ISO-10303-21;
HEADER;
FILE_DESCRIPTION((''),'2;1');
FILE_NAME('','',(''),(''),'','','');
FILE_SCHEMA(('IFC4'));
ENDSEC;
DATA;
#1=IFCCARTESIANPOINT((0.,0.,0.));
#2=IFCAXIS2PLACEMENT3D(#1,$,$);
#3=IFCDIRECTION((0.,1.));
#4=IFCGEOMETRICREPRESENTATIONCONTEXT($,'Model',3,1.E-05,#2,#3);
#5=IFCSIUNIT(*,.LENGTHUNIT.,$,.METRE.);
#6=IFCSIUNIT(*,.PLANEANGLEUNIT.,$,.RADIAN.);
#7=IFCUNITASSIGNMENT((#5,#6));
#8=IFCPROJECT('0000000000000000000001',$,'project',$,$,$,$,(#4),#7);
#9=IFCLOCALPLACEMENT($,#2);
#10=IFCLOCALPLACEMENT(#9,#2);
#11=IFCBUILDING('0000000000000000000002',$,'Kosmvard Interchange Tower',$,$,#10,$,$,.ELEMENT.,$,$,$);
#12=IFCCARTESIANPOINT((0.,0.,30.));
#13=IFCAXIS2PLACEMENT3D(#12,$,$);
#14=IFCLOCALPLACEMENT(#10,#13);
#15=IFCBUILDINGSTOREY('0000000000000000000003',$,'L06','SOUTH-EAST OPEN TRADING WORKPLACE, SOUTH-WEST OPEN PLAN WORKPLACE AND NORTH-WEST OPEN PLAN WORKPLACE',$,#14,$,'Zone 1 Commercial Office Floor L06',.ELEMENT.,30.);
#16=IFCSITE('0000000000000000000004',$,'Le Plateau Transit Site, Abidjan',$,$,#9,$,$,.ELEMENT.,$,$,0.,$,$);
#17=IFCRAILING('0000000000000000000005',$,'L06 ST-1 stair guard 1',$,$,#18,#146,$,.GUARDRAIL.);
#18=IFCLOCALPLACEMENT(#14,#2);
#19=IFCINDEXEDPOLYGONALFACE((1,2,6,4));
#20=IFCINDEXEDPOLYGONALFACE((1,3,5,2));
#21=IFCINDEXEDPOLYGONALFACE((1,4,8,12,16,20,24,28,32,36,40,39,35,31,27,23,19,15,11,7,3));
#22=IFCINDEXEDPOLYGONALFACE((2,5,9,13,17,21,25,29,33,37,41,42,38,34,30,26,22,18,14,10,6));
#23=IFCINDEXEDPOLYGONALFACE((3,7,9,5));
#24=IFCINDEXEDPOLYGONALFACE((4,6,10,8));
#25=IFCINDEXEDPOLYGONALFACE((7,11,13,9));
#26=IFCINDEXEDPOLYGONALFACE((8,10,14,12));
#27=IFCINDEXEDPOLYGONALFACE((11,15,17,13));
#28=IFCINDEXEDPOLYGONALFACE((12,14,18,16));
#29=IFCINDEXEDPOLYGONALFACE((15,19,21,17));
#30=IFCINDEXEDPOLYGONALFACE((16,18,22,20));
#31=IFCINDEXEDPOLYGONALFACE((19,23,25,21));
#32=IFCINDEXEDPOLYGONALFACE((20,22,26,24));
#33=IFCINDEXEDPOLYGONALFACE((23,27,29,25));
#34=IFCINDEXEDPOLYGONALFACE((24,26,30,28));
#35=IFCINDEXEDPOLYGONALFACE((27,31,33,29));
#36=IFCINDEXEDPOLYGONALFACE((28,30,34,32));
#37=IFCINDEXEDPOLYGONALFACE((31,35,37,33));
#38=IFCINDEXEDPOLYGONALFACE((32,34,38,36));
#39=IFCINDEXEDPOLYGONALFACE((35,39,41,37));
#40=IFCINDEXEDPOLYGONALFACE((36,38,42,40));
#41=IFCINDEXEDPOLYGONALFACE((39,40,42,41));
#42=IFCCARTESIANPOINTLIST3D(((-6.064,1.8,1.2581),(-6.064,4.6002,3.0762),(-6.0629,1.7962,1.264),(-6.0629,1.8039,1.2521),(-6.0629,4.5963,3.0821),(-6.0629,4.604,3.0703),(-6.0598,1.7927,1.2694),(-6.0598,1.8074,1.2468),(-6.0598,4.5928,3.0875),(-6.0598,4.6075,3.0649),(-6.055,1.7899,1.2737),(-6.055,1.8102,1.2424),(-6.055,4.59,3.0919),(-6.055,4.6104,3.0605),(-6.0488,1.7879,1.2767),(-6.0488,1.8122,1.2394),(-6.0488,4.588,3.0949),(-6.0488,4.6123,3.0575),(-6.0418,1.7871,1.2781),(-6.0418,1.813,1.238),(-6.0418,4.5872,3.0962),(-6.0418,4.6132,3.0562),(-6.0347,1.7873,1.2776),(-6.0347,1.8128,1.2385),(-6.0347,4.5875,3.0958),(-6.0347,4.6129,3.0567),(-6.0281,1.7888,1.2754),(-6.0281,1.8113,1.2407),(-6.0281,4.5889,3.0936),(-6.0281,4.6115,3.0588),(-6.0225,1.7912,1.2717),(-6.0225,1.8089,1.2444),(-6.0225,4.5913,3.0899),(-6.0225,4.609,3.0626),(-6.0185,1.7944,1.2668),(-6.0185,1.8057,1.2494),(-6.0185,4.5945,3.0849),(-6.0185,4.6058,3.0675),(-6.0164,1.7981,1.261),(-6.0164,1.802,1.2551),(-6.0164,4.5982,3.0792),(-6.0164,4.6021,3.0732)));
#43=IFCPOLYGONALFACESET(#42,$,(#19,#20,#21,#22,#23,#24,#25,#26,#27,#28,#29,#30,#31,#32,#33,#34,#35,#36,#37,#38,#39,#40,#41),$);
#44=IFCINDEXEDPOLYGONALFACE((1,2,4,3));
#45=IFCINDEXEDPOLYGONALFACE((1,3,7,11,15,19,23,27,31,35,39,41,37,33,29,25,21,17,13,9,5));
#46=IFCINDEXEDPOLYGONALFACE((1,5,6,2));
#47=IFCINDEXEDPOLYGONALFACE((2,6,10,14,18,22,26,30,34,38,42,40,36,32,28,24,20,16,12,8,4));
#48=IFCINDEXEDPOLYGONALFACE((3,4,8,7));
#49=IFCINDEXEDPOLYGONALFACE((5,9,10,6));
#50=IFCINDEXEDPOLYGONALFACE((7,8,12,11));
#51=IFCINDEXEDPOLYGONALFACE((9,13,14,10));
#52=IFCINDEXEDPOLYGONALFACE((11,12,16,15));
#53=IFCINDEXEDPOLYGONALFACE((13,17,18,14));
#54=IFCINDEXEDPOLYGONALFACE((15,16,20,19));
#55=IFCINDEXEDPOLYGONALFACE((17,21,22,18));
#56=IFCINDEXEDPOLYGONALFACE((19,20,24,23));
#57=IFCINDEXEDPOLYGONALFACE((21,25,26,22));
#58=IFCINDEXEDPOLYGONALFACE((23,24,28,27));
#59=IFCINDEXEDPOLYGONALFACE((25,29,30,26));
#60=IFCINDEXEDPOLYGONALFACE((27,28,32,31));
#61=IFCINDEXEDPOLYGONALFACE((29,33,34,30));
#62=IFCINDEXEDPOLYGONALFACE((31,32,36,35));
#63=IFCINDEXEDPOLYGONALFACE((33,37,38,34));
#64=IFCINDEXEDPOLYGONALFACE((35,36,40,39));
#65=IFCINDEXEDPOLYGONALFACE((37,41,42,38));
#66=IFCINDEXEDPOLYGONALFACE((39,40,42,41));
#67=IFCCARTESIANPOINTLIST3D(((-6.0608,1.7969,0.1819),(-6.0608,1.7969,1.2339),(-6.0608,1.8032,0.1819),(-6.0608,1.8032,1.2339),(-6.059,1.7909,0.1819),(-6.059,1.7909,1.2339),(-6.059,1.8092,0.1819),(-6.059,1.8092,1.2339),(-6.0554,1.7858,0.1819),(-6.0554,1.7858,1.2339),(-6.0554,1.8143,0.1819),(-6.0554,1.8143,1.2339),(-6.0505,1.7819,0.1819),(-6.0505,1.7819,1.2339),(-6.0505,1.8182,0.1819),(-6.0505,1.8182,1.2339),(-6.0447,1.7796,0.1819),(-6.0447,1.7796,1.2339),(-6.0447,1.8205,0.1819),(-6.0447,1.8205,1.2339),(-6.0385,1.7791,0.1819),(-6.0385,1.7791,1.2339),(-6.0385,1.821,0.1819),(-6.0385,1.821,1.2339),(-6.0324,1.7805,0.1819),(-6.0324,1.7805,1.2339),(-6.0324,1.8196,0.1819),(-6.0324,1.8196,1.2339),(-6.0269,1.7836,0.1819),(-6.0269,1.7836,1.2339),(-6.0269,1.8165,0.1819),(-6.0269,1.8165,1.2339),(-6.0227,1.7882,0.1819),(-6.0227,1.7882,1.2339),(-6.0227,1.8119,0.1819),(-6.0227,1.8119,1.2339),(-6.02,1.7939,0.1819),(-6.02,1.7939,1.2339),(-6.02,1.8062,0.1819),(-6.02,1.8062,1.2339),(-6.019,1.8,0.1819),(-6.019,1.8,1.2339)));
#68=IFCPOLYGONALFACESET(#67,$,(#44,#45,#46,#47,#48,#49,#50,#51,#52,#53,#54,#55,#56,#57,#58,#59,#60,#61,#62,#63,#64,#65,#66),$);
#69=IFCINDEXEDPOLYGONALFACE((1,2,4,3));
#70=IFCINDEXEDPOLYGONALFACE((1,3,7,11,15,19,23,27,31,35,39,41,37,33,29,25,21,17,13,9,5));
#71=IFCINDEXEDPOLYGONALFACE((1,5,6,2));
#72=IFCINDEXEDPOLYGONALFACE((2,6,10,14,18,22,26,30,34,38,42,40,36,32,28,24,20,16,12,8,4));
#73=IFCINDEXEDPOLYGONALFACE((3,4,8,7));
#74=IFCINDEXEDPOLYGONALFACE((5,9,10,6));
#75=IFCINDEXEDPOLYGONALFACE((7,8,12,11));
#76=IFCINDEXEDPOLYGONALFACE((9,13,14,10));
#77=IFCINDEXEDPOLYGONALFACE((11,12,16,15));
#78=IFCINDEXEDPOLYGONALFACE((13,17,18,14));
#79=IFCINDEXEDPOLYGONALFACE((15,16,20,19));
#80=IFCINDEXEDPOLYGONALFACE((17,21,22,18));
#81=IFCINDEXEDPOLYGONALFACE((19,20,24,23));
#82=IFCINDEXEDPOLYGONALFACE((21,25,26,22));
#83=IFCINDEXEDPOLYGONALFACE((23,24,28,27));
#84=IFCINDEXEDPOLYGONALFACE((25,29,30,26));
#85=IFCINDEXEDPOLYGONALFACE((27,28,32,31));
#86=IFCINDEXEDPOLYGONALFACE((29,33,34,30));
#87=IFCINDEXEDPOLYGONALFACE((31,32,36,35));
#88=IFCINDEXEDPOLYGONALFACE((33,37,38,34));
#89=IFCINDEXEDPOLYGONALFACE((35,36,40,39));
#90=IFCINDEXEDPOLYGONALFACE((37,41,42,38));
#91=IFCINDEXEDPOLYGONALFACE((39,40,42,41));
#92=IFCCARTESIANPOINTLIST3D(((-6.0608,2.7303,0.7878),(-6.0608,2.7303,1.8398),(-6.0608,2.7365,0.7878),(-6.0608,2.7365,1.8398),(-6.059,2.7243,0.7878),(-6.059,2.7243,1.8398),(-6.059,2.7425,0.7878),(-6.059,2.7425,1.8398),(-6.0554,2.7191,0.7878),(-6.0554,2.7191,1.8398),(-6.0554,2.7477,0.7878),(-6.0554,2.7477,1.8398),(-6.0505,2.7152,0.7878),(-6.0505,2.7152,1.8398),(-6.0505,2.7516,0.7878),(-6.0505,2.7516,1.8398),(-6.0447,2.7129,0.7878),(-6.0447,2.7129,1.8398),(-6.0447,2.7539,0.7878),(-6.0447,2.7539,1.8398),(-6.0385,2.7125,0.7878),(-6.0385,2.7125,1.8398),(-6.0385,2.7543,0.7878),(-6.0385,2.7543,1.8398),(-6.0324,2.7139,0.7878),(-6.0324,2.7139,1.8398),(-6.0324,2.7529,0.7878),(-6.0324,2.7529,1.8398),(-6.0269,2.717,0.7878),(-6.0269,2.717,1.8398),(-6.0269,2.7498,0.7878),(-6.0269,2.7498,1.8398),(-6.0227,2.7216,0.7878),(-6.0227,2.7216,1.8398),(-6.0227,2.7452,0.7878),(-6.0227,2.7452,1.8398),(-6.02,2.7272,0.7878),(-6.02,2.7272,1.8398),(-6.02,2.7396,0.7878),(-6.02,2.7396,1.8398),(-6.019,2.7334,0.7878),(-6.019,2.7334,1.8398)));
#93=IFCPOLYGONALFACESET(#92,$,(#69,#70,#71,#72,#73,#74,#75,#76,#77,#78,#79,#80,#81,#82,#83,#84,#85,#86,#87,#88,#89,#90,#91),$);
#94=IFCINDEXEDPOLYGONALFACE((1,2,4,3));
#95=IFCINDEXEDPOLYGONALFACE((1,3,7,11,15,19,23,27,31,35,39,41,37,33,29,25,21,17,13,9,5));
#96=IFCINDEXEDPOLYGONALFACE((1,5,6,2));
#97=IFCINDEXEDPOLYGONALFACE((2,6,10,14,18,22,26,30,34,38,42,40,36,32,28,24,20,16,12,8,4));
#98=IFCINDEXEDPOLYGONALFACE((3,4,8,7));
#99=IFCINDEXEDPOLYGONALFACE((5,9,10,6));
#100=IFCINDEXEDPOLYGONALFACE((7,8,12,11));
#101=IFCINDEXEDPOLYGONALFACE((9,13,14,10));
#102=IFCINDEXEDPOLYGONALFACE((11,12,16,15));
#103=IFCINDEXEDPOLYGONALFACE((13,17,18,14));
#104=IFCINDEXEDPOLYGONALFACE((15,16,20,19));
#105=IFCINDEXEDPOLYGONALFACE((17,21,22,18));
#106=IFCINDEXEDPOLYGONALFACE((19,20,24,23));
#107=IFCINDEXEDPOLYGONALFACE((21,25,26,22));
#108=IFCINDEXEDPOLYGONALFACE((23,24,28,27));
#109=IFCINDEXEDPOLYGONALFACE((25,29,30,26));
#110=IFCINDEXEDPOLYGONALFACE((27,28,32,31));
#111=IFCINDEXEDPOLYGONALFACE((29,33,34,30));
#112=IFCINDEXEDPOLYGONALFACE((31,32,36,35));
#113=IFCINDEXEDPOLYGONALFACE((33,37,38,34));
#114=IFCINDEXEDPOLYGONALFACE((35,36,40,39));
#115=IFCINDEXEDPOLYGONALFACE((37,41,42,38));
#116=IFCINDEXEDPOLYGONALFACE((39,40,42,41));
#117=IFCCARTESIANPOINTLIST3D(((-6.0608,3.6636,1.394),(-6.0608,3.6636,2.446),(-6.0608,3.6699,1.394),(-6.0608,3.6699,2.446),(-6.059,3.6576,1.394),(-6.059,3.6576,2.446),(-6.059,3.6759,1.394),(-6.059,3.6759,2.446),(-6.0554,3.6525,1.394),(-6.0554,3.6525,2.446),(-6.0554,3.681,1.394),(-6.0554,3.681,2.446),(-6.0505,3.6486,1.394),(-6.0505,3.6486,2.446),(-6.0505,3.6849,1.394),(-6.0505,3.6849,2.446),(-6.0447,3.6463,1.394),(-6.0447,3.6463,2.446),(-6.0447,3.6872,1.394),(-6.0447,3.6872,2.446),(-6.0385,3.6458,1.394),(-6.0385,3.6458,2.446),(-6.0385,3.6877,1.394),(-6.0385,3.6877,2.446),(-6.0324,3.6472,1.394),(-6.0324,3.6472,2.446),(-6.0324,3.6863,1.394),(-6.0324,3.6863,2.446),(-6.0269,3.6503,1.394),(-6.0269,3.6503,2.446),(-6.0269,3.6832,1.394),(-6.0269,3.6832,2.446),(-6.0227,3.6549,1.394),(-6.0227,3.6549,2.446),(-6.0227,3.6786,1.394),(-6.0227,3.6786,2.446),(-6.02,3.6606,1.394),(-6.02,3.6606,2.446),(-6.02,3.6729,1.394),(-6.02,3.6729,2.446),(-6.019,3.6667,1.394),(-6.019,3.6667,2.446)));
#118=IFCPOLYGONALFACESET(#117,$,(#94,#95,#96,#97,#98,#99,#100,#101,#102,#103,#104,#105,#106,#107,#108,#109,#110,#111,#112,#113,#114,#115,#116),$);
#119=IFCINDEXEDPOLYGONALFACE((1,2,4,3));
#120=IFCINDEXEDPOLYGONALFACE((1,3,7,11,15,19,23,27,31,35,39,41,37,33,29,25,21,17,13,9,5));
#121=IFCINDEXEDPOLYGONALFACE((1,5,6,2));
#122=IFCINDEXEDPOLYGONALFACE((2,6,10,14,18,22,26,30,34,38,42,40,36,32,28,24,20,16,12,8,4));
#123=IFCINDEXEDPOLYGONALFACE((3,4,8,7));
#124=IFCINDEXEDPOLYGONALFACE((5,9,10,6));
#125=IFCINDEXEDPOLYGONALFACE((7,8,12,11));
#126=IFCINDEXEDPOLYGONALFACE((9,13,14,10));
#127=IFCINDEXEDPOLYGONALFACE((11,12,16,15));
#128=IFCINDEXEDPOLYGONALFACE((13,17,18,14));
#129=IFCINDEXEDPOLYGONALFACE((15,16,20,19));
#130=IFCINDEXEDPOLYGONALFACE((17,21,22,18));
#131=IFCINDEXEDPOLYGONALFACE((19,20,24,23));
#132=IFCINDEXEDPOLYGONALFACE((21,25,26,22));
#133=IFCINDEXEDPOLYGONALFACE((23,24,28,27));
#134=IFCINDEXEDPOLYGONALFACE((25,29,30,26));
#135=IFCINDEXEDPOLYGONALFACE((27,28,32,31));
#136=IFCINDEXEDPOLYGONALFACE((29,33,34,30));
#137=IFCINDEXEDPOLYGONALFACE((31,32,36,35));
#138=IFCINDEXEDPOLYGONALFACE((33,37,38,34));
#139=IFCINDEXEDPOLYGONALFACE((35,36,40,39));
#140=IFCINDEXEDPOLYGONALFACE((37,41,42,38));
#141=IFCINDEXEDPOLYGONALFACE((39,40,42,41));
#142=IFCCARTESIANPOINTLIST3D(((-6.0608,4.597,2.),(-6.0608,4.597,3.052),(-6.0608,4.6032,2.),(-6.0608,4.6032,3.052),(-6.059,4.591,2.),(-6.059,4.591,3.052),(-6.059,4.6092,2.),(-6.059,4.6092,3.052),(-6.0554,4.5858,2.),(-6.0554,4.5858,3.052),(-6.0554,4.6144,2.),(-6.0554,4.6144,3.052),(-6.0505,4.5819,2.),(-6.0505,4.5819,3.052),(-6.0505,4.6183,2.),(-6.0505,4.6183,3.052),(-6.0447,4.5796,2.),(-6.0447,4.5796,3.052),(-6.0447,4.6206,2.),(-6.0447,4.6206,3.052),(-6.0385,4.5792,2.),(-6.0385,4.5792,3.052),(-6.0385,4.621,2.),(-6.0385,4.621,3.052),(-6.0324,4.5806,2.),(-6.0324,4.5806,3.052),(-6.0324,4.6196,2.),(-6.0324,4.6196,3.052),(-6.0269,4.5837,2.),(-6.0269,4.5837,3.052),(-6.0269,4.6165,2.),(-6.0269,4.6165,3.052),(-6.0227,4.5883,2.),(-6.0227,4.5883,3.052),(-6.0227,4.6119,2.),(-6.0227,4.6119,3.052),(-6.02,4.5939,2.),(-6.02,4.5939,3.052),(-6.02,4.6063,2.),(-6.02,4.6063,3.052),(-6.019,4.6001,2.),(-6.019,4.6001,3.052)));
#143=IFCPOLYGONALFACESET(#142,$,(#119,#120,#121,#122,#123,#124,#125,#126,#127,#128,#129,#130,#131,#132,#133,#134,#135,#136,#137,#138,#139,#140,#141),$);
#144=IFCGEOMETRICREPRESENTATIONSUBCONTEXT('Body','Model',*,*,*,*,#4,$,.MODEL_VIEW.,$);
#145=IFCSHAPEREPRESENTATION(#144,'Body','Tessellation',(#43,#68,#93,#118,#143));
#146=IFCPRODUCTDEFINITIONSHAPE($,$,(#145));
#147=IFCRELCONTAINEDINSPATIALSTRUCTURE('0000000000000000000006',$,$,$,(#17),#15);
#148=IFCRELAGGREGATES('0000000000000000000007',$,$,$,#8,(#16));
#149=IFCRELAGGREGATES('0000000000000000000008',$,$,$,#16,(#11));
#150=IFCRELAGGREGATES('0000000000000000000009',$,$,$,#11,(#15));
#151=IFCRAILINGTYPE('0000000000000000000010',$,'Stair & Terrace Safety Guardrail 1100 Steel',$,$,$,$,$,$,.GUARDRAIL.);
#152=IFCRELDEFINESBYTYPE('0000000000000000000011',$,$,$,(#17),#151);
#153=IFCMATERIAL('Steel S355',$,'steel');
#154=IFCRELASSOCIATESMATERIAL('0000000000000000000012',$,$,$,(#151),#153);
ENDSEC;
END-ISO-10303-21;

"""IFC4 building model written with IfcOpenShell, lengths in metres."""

from ifc_helpers import new_model, si_unit, direction, frame, origin, origin_2d, place, context, subcontext, project, spatial, circle, extrude, source, transform, mapped, material, type_object, element, save


model = new_model("IFC4")

# Units and contexts
model_context = context("Model", 3, precision=1e-05, world=origin(), true_north=direction((0.0, 1.0)))
body_context = subcontext(model_context, "Body", "Model", "MODEL_VIEW")
ifc_project = project(units=[si_unit("LENGTHUNIT", "METRE"), si_unit("PLANEANGLEUNIT", "RADIAN")], contexts=[model_context])

# Site, building, storey
site_placement = place(None, origin())
site = spatial("IfcSite", under=ifc_project, at=site_placement, Name="Le Plateau Transit Site, Abidjan", CompositionType="ELEMENT", RefElevation=0.0)
building_placement = place(site_placement, origin())
building = spatial("IfcBuilding", under=site, at=building_placement, Name="Kosmvard Interchange Tower", CompositionType="ELEMENT")
storey_placement = place(building_placement, frame((0.0, 0.0, 30.0)))
storey = spatial("IfcBuildingStorey", under=building, at=storey_placement, Name="L06", Description="SOUTH-EAST OPEN TRADING WORKPLACE, SOUTH-WEST OPEN PLAN WORKPLACE AND NORTH-WEST OPEN PLAN WORKPLACE", LongName="Zone 1 Commercial Office Floor L06", CompositionType="ELEMENT", Elevation=30.0)

# Shared definitions
ifc_material_1 = material(Name="Steel S355", Category="steel")

# Railing
railing_type_1 = type_object("IfcRailingType", Name="Stair & Terrace Safety Guardrail 1100 Steel", PredefinedType="GUARDRAIL", material=ifc_material_1)
shared_shape_1 = source(origin(), body_context, "Body", "SweptSolid", [
    extrude(circle(Radius=0.0239, at=origin_2d()), frame((0.0, 0.0, 1.0762), z_axis=(0.0, 0.838706, 0.544585), x_axis=(-1.0, 0.0, 0.0)), (0.0, 0.0, 1.0), 3.3386),
    extrude(circle(Radius=0.021, at=origin_2d()), origin(), (0.0, 0.0, 1.0), 1.052),
    extrude(circle(Radius=0.021, at=origin_2d()), frame((0.0, 0.9333, 0.606)), (0.0, 0.0, 1.0), 1.052),
    extrude(circle(Radius=0.021, at=origin_2d()), frame((0.0, 1.8667, 1.2122)), (0.0, 0.0, 1.0), 1.052),
    extrude(circle(Radius=0.021, at=origin_2d()), frame((0.0, 2.8, 1.8181)), (0.0, 0.0, 1.0), 1.052),
])
railing_1_placement = place(storey_placement, frame((-6.04, 1.8, 0.1819)))
element("IfcRailing", 1, at=railing_1_placement, inside=storey, type_object=railing_type_1, Name="L06 ST-1 stair guard 1", PredefinedType="GUARDRAIL", context=body_context, shape_type="MappedRepresentation", body=[
    mapped(shared_shape_1, transform((0.0, 0.0, 0.0), scale=1.0)),
])

save(model, "model.ifc")
